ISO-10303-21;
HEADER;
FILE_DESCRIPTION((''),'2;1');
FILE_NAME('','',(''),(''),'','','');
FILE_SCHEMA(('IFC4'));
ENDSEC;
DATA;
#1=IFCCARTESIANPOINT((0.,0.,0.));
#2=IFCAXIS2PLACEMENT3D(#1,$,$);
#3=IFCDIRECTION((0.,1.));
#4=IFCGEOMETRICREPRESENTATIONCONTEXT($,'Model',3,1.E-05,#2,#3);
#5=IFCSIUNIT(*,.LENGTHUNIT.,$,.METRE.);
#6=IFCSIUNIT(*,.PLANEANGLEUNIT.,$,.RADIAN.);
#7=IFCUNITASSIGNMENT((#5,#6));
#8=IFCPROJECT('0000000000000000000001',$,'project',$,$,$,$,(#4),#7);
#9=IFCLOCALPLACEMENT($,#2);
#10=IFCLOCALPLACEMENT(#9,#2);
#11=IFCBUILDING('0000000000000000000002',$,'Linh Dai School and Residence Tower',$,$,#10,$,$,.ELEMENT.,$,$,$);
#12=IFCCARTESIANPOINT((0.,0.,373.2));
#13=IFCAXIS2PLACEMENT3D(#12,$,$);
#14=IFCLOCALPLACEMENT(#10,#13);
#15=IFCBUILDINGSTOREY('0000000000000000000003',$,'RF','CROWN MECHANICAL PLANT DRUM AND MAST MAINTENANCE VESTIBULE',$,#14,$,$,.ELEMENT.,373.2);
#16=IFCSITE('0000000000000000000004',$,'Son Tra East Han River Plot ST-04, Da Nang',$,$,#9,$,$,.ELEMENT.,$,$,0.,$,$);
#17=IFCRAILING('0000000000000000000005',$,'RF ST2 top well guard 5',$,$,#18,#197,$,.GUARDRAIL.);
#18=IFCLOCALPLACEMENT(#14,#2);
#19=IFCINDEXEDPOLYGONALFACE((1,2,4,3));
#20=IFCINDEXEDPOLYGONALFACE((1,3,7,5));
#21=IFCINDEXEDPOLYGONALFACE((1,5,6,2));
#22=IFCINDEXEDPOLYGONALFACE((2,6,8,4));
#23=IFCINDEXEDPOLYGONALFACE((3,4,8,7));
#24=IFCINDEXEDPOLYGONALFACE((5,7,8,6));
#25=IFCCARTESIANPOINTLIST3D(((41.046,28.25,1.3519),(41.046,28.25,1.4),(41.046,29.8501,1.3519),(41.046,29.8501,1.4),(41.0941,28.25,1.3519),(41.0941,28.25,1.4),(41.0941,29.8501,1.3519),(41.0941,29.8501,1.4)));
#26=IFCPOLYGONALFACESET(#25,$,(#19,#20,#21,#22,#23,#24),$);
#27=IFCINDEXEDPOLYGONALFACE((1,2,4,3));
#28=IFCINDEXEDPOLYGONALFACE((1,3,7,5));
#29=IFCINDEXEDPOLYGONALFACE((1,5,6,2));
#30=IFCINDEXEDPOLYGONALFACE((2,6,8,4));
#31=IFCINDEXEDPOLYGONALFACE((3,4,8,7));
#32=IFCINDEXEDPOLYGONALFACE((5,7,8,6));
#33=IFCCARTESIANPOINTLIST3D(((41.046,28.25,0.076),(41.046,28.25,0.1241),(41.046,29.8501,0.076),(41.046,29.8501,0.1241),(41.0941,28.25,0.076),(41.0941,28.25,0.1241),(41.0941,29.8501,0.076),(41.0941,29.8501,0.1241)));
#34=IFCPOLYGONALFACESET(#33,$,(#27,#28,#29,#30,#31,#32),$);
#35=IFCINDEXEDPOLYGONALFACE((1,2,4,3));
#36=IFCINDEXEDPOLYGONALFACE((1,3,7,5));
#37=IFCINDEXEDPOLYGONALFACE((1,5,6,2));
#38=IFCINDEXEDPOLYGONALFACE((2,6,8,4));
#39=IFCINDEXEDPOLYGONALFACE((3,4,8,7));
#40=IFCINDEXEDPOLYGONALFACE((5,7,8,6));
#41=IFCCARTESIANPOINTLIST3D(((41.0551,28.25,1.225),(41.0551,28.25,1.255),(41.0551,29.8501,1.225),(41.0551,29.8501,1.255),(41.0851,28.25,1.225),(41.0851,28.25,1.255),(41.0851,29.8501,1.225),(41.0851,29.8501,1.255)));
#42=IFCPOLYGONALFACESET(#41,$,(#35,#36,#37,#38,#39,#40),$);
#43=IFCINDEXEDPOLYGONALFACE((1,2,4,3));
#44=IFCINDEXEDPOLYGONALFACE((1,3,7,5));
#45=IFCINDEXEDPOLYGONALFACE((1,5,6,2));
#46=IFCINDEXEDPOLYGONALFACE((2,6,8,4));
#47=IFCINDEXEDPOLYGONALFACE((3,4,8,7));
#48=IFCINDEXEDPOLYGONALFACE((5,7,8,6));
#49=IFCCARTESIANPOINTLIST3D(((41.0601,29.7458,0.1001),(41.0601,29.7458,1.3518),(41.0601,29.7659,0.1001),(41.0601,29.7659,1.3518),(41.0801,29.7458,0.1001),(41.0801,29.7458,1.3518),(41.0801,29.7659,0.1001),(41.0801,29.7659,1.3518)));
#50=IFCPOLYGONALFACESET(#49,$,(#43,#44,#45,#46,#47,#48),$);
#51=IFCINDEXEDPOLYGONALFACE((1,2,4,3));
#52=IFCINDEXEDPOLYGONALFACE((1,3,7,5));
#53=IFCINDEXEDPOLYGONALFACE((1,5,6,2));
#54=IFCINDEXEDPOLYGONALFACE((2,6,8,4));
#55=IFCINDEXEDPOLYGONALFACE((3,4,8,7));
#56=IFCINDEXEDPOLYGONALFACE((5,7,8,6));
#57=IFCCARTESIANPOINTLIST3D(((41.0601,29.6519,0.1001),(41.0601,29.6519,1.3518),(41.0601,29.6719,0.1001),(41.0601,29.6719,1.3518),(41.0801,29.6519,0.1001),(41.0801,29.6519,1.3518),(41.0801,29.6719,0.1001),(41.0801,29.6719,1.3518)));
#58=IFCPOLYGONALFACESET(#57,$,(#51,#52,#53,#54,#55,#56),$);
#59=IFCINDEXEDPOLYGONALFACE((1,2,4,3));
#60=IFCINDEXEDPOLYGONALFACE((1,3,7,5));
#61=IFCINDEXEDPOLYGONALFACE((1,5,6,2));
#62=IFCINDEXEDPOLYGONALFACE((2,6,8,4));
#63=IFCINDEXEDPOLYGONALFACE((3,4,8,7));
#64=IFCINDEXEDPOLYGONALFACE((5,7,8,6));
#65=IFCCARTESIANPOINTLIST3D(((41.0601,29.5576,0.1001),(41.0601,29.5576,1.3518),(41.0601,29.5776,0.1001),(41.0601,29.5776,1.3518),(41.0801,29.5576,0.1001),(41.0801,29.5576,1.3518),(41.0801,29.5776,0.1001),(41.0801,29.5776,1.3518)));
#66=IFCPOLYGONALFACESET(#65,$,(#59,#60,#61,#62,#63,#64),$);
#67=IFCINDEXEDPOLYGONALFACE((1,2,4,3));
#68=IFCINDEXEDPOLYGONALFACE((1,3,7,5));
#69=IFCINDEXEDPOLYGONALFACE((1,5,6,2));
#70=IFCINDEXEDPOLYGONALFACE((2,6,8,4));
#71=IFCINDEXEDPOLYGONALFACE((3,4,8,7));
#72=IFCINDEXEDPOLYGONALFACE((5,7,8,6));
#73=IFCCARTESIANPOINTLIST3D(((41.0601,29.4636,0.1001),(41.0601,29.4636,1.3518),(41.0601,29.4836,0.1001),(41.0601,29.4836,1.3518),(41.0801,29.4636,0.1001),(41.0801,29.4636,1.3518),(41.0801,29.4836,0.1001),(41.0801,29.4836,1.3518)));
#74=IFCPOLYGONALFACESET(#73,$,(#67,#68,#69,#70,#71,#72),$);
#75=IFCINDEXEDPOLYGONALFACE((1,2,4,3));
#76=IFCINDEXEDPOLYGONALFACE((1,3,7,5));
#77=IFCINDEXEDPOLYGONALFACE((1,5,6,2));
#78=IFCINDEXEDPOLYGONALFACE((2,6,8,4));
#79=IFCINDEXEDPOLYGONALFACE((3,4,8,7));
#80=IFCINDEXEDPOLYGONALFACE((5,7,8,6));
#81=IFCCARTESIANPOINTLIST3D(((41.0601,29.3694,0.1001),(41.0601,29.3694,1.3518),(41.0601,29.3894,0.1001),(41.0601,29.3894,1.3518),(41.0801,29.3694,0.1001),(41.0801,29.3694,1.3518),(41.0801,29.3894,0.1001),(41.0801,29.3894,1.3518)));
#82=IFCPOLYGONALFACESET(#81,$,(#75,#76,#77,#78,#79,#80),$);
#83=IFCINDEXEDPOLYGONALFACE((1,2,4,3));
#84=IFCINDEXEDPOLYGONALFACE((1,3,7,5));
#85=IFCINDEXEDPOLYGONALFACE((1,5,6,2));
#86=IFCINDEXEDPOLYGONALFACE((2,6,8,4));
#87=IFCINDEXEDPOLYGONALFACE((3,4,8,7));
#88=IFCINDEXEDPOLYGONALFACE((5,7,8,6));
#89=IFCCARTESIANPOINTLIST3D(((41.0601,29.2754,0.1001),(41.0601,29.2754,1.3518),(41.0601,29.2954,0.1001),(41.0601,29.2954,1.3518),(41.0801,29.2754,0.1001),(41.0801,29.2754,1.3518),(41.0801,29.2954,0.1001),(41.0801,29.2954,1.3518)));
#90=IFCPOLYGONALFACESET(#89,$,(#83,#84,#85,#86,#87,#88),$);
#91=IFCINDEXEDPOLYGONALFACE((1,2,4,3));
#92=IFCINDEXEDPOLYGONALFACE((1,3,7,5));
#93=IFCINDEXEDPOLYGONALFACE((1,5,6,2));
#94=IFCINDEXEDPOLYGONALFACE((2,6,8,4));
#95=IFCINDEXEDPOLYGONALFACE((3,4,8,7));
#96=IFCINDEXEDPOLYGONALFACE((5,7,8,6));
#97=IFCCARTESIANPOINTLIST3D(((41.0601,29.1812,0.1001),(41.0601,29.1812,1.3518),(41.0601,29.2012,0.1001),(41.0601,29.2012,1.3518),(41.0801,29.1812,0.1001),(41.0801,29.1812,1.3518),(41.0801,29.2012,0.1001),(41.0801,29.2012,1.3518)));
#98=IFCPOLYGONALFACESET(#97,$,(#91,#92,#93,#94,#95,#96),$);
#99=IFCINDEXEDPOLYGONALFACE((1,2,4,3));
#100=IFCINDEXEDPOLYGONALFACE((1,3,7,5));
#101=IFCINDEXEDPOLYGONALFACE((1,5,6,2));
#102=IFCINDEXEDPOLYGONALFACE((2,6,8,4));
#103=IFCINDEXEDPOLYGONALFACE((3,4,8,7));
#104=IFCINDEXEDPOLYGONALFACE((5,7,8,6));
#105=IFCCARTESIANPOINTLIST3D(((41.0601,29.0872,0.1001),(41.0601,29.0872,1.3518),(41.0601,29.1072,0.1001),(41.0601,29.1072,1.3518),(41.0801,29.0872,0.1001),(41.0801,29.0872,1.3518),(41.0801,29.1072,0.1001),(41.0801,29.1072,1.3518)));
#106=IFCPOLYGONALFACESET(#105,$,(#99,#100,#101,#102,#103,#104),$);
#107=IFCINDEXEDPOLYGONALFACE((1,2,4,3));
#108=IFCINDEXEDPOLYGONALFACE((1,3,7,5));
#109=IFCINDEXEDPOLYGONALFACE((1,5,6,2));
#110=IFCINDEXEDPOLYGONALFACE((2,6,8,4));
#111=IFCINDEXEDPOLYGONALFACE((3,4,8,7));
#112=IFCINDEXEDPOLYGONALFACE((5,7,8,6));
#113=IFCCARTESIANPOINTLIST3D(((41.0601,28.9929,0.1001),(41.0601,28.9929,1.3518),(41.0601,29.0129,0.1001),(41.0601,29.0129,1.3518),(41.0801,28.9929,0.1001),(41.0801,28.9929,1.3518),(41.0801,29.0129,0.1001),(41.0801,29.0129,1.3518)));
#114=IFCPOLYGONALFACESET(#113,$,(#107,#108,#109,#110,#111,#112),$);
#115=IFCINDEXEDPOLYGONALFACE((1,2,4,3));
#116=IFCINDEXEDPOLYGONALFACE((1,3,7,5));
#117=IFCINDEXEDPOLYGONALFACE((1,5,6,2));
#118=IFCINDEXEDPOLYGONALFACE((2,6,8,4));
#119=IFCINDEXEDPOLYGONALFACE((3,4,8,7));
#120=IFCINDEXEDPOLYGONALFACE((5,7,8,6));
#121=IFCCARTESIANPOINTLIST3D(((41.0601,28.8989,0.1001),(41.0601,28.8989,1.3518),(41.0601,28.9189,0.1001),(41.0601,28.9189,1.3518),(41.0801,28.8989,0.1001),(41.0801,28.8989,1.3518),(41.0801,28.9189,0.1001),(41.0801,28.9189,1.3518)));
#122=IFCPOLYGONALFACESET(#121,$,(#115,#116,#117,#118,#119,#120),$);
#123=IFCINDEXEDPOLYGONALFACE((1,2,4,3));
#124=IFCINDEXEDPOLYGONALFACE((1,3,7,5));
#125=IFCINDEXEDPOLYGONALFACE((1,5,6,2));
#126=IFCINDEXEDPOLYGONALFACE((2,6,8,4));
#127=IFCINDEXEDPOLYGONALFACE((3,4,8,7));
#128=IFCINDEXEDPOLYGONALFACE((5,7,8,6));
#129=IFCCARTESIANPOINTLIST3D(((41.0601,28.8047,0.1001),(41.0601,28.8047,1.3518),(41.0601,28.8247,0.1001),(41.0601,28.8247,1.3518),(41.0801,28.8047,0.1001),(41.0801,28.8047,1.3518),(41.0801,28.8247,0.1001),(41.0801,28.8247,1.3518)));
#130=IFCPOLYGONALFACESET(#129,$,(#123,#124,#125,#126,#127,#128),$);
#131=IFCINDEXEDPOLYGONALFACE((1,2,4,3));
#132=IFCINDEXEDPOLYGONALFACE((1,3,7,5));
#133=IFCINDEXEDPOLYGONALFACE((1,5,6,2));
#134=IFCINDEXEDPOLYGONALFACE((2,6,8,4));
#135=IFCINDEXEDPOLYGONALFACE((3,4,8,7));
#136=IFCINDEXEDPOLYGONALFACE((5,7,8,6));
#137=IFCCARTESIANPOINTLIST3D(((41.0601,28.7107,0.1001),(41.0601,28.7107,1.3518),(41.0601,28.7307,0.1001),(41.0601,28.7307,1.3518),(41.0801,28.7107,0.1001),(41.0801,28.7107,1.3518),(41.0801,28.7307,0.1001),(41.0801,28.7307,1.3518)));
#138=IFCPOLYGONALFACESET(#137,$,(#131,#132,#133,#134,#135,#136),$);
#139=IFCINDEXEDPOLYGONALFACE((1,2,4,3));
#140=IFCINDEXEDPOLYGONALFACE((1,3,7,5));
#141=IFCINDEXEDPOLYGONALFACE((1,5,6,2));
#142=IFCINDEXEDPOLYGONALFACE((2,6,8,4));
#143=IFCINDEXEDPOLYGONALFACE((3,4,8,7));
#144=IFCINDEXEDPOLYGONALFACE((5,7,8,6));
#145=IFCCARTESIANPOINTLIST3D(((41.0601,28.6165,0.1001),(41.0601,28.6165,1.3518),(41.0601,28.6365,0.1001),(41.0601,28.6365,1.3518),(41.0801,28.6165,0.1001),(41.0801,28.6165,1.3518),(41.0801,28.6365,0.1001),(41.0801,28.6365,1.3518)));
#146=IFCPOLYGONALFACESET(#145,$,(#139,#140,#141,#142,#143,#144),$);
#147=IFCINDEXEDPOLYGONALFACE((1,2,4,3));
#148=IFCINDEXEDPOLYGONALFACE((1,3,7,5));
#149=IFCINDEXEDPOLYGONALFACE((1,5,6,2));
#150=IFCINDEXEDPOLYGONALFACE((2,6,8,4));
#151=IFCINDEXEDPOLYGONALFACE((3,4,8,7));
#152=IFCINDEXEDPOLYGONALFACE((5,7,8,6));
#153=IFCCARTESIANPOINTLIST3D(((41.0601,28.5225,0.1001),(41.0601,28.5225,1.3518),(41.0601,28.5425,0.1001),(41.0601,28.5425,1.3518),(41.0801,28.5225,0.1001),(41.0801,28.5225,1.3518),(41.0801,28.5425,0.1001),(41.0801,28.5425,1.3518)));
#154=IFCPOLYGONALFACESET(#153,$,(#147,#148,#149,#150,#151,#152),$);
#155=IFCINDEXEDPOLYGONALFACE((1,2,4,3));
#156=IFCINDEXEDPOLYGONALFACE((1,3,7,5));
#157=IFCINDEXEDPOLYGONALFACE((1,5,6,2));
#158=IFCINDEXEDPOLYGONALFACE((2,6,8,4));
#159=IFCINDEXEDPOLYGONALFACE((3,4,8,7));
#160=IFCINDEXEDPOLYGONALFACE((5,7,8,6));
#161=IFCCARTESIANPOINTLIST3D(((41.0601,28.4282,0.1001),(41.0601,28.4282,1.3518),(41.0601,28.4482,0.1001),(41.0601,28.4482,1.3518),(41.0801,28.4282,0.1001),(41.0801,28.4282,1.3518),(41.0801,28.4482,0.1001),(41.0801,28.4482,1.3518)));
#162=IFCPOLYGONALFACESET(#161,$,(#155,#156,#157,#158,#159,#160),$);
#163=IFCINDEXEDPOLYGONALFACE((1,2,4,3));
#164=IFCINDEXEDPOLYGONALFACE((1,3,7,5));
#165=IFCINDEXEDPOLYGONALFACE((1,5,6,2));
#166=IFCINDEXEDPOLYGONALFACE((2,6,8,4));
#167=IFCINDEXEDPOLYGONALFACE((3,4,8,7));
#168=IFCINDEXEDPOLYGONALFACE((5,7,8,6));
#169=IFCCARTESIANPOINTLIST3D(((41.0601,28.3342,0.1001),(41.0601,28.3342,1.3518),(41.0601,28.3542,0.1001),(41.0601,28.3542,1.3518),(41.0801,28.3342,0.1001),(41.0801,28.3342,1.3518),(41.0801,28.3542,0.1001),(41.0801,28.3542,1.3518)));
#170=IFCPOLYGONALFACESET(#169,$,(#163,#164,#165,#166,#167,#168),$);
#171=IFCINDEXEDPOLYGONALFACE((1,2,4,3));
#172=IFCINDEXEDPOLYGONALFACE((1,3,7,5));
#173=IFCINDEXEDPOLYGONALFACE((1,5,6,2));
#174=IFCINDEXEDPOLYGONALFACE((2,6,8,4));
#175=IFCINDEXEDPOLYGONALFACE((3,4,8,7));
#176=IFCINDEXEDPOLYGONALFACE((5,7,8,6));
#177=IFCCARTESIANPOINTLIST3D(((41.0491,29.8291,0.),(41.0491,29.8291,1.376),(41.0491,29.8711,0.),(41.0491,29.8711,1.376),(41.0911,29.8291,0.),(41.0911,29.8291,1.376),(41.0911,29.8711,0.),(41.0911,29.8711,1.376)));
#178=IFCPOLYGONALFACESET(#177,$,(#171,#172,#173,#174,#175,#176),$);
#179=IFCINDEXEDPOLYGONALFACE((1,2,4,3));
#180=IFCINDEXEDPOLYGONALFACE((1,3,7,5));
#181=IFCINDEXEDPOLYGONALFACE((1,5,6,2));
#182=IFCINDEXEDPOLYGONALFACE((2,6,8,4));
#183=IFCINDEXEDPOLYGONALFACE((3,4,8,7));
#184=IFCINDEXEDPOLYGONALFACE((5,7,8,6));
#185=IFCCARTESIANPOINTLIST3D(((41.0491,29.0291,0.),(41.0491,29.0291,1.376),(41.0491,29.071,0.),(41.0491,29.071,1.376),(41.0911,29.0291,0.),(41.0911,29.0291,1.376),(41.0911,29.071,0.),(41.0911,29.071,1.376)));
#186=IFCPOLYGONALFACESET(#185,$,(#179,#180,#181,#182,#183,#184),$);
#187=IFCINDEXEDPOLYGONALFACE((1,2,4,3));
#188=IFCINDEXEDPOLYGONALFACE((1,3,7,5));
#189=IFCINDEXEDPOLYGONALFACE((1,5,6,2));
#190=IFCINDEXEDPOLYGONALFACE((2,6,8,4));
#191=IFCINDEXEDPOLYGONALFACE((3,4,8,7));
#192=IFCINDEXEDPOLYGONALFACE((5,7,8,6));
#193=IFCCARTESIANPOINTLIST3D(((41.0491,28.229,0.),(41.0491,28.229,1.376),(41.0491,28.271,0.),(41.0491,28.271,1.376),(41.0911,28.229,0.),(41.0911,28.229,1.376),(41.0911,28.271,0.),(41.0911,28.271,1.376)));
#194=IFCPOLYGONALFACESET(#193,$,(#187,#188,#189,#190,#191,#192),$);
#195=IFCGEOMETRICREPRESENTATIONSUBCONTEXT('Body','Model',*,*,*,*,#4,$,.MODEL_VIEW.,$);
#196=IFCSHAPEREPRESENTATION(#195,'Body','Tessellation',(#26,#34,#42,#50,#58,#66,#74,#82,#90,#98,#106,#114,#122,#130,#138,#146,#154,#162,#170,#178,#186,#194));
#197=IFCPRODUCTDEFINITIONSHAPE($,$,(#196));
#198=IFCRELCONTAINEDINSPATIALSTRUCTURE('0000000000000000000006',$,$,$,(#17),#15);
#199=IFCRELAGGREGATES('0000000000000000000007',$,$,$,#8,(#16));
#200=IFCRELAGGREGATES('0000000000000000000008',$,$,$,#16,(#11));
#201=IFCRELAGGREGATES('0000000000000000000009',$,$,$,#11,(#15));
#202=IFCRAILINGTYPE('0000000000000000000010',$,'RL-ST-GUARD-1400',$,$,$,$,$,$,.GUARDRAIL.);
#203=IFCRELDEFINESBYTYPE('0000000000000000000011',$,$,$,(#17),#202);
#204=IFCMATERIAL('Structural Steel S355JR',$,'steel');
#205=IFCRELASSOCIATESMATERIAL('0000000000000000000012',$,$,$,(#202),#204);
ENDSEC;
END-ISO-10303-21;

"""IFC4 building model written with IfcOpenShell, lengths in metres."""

from ifc_helpers import new_model, si_unit, direction, frame, origin, origin_2d, place, context, subcontext, project, spatial, rectangle, extrude, source, transform, mapped, material, type_object, element, save


model = new_model("IFC4")

# Units and contexts
model_context = context("Model", 3, precision=1e-05, world=origin(), true_north=direction((0.0, 1.0)))
body_context = subcontext(model_context, "Body", "Model", "MODEL_VIEW")
ifc_project = project(units=[si_unit("LENGTHUNIT", "METRE"), si_unit("PLANEANGLEUNIT", "RADIAN")], contexts=[model_context])

# Site, building, storey
site_placement = place(None, origin())
site = spatial("IfcSite", under=ifc_project, at=site_placement, Name="Son Tra East Han River Plot ST-04, Da Nang", CompositionType="ELEMENT", RefElevation=0.0)
building_placement = place(site_placement, origin())
building = spatial("IfcBuilding", under=site, at=building_placement, Name="Linh Dai School and Residence Tower", CompositionType="ELEMENT")
storey_placement = place(building_placement, frame((0.0, 0.0, 373.2)))
storey = spatial("IfcBuildingStorey", under=building, at=storey_placement, Name="RF", Description="CROWN MECHANICAL PLANT DRUM AND MAST MAINTENANCE VESTIBULE", CompositionType="ELEMENT", Elevation=373.2)

# Shared definitions
ifc_material_1 = material(Name="Structural Steel S355JR", Category="steel")

# Railing
railing_type = type_object("IfcRailingType", Name="RL-ST-GUARD-1400", PredefinedType="GUARDRAIL", material=ifc_material_1)
shared_shape_1 = source(origin(), body_context, "Body", "SweptSolid", [
    extrude(rectangle(XDim=0.0481, YDim=0.0481, at=origin_2d()), frame((0.0, 0.0, 1.376), z_axis=(0.0, -1.0, 0.0), x_axis=(1.0, 0.0, 0.0)), (0.0, 0.0, 1.0), 1.6001),
    extrude(rectangle(XDim=0.0481, YDim=0.0481, at=origin_2d()), frame((0.0, 0.0, 0.1001), z_axis=(0.0, -1.0, 0.0), x_axis=(1.0, 0.0, 0.0)), (0.0, 0.0, 1.0), 1.6001),
    extrude(rectangle(XDim=0.03, YDim=0.03, at=origin_2d()), frame((0.0, 0.0, 1.24), z_axis=(0.0, -1.0, 0.0), x_axis=(1.0, 0.0, 0.0)), (0.0, 0.0, 1.0), 1.6001),
    extrude(rectangle(XDim=0.02, YDim=0.02, at=origin_2d()), frame((0.0, -0.0942, 0.1001)), (0.0, 0.0, 1.0), 1.2517),
    extrude(rectangle(XDim=0.02, YDim=0.02, at=origin_2d()), frame((0.0, -0.1882, 0.1001)), (0.0, 0.0, 1.0), 1.2517),
    extrude(rectangle(XDim=0.02, YDim=0.02, at=origin_2d()), frame((0.0, -0.2825, 0.1001)), (0.0, 0.0, 1.0), 1.2517),
    extrude(rectangle(XDim=0.02, YDim=0.02, at=origin_2d()), frame((0.0, -0.3765, 0.1001)), (0.0, 0.0, 1.0), 1.2517),
    extrude(rectangle(XDim=0.02, YDim=0.02, at=origin_2d()), frame((0.0, -0.4707, 0.1001)), (0.0, 0.0, 1.0), 1.2517),
    extrude(rectangle(XDim=0.02, YDim=0.02, at=origin_2d()), frame((0.0, -0.5647, 0.1001)), (0.0, 0.0, 1.0), 1.2517),
    extrude(rectangle(XDim=0.02, YDim=0.02, at=origin_2d()), frame((0.0, -0.6589, 0.1001)), (0.0, 0.0, 1.0), 1.2517),
    extrude(rectangle(XDim=0.02, YDim=0.02, at=origin_2d()), frame((0.0, -0.7529, 0.1001)), (0.0, 0.0, 1.0), 1.2517),
    extrude(rectangle(XDim=0.02, YDim=0.02, at=origin_2d()), frame((0.0, -0.8472, 0.1001)), (0.0, 0.0, 1.0), 1.2517),
    extrude(rectangle(XDim=0.02, YDim=0.02, at=origin_2d()), frame((0.0, -0.9412, 0.1001)), (0.0, 0.0, 1.0), 1.2517),
    extrude(rectangle(XDim=0.02, YDim=0.02, at=origin_2d()), frame((0.0, -1.0354, 0.1001)), (0.0, 0.0, 1.0), 1.2517),
    extrude(rectangle(XDim=0.02, YDim=0.02, at=origin_2d()), frame((0.0, -1.1294, 0.1001)), (0.0, 0.0, 1.0), 1.2517),
    extrude(rectangle(XDim=0.02, YDim=0.02, at=origin_2d()), frame((0.0, -1.2236, 0.1001)), (0.0, 0.0, 1.0), 1.2517),
    extrude(rectangle(XDim=0.02, YDim=0.02, at=origin_2d()), frame((0.0, -1.3176, 0.1001)), (0.0, 0.0, 1.0), 1.2517),
    extrude(rectangle(XDim=0.02, YDim=0.02, at=origin_2d()), frame((0.0, -1.4119, 0.1001)), (0.0, 0.0, 1.0), 1.2517),
    extrude(rectangle(XDim=0.02, YDim=0.02, at=origin_2d()), frame((0.0, -1.5059, 0.1001)), (0.0, 0.0, 1.0), 1.2517),
    extrude(rectangle(XDim=0.042, YDim=0.042, at=origin_2d()), origin(), (0.0, 0.0, 1.0), 1.376),
    extrude(rectangle(XDim=0.042, YDim=0.042, at=origin_2d()), frame((0.0, -0.8, 0.0)), (0.0, 0.0, 1.0), 1.376),
    extrude(rectangle(XDim=0.042, YDim=0.042, at=origin_2d()), frame((0.0, -1.6001, 0.0)), (0.0, 0.0, 1.0), 1.376),
])
for number, where, name in (
    (1, (41.0701, 29.8501, 0.0), "RF ST2 top well guard 5"),
):
    element("IfcRailing", number, at=place(storey_placement, frame(where)), inside=storey, type_object=railing_type, Name=name, PredefinedType="GUARDRAIL", context=body_context, shape_type="MappedRepresentation", body=[
        mapped(shared_shape_1, transform((0.0, 0.0, 0.0), x_axis=(1.0, 0.0, 0.0), y_axis=(0.0, 1.0, 0.0), z_axis=(0.0, 0.0, 1.0), scale=1.0)),
    ])

save(model, "model.ifc")
